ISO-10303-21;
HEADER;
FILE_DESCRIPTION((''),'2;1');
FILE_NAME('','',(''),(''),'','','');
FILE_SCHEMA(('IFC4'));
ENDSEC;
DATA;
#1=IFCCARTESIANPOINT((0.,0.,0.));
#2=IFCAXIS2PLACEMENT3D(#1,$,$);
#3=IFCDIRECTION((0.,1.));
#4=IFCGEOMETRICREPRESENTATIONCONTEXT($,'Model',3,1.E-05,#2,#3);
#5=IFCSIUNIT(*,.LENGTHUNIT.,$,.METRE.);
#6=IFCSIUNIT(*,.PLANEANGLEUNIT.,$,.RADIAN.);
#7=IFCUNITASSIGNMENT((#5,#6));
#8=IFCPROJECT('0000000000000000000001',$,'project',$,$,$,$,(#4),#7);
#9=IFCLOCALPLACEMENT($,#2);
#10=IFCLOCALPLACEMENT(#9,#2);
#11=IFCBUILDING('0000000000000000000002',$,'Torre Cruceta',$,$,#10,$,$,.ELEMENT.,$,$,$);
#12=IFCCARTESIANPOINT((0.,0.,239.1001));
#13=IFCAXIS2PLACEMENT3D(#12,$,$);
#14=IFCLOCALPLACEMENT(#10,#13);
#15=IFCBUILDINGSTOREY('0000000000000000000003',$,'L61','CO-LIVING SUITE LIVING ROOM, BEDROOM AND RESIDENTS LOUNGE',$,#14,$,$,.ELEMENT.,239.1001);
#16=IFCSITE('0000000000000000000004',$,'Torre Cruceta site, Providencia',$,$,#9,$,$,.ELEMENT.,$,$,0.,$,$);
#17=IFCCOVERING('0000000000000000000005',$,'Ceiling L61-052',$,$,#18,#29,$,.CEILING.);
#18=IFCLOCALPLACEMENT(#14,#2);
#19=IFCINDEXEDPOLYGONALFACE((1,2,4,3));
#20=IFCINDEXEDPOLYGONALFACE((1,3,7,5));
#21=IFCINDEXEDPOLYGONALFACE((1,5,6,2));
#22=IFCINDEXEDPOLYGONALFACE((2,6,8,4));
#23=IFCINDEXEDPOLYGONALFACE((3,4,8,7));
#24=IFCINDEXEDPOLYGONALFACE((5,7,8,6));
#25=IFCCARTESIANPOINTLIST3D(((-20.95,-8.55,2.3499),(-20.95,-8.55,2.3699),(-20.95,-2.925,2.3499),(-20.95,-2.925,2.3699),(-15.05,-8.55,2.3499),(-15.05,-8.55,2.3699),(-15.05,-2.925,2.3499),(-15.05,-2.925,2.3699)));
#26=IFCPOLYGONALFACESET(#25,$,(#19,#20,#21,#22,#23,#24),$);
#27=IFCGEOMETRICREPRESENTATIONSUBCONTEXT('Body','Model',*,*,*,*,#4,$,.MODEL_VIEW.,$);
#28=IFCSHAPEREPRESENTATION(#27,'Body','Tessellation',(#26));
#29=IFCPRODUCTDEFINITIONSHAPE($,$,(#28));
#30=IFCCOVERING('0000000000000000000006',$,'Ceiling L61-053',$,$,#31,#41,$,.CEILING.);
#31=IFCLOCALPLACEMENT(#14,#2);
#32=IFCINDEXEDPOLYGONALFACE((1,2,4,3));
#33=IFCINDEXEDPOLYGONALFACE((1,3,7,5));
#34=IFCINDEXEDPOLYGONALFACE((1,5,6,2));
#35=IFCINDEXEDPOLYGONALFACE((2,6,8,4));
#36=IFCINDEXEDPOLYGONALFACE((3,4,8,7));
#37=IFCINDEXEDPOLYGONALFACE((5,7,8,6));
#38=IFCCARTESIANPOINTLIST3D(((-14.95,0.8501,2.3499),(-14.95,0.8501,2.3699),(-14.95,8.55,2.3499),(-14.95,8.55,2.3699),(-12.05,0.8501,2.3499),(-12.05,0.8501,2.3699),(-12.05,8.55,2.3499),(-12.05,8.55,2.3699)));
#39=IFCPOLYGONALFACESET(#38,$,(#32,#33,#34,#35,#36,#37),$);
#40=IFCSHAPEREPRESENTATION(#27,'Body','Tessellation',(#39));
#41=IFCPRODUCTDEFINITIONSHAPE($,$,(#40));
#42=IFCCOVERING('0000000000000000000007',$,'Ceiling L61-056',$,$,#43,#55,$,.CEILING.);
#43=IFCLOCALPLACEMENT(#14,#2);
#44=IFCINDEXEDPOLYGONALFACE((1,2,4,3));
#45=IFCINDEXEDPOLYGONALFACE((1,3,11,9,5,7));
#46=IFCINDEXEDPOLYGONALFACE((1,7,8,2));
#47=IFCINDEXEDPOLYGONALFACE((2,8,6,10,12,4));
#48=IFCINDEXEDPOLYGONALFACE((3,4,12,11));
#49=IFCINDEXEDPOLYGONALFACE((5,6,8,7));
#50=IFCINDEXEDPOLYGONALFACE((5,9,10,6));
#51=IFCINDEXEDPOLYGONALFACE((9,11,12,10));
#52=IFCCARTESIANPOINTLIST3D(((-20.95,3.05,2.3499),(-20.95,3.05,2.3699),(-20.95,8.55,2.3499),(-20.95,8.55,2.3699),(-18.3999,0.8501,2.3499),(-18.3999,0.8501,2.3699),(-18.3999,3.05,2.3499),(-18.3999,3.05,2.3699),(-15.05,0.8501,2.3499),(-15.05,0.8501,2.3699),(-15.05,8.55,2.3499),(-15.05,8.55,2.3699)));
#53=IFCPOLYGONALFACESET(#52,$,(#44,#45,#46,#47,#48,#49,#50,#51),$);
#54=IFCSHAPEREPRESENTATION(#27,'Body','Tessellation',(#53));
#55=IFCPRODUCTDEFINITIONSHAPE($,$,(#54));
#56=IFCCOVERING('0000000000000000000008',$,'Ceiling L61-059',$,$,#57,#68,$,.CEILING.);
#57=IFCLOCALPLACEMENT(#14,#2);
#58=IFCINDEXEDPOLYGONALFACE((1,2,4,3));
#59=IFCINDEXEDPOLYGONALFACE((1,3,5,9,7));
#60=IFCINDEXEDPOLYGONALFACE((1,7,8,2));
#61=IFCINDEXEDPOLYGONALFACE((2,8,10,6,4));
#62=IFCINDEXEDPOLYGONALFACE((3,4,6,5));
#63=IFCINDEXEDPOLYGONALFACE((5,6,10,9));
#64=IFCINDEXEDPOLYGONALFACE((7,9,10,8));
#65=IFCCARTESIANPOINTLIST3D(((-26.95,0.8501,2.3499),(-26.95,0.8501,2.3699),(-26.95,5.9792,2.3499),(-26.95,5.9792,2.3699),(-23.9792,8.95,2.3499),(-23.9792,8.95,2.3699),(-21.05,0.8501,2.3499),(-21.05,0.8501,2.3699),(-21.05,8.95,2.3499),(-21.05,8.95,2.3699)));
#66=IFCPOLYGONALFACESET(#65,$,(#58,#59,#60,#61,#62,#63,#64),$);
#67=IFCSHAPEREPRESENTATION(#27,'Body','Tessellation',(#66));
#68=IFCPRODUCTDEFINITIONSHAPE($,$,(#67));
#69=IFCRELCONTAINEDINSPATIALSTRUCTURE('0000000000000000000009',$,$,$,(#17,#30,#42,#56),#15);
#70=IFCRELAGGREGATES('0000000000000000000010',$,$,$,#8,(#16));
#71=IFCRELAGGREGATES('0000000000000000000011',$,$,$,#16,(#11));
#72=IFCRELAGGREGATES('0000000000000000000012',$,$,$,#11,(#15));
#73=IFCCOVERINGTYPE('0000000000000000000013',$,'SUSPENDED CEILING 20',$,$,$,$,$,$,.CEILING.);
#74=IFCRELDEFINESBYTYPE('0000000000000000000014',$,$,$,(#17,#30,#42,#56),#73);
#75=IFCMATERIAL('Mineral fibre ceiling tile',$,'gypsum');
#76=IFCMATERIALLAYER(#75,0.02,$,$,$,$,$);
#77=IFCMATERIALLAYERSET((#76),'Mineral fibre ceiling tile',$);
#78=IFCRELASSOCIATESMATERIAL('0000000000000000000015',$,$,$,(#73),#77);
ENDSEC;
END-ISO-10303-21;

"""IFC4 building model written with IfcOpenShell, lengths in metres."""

from ifc_helpers import new_model, si_unit, direction, frame, origin, place, context, subcontext, project, spatial, polyline, outline, extrude, material, layer, layer_set, type_object, element, save


model = new_model("IFC4")

# Units and contexts
model_context = context("Model", 3, precision=1e-05, world=origin(), true_north=direction((0.0, 1.0)))
body_context = subcontext(model_context, "Body", "Model", "MODEL_VIEW")
ifc_project = project(units=[si_unit("LENGTHUNIT", "METRE"), si_unit("PLANEANGLEUNIT", "RADIAN")], contexts=[model_context])

# Site, building, storey
site_placement = place(None, origin())
site = spatial("IfcSite", under=ifc_project, at=site_placement, Name="Torre Cruceta site, Providencia", CompositionType="ELEMENT", RefElevation=0.0)
building_placement = place(site_placement, origin())
building = spatial("IfcBuilding", under=site, at=building_placement, Name="Torre Cruceta", CompositionType="ELEMENT")
storey_placement = place(building_placement, frame((0.0, 0.0, 239.1001)))
storey = spatial("IfcBuildingStorey", under=building, at=storey_placement, Name="L61", Description="CO-LIVING SUITE LIVING ROOM, BEDROOM AND RESIDENTS LOUNGE", CompositionType="ELEMENT", Elevation=239.1001)

# Coverings
ifc_material_1 = material(Name="Mineral fibre ceiling tile", Category="gypsum")
ifc_layer_1 = layer(ifc_material_1, 0.02)
ifc_layer_set_1 = layer_set([ifc_layer_1], Name="Mineral fibre ceiling tile")
covering_type_1 = type_object("IfcCoveringType", Name="SUSPENDED CEILING 20", PredefinedType="CEILING", material=ifc_layer_set_1)
covering_1_placement = place(storey_placement, frame((0.0, 0.0, 2.3499)))
element("IfcCovering", 1, at=covering_1_placement, inside=storey, type_object=covering_type_1, Name="Ceiling L61-052", PredefinedType="CEILING", context=body_context, shape_type="SweptSolid", body=[
    extrude(outline(polyline([(-15.05, -2.925), (-15.05, -8.55), (-20.95, -8.55), (-20.95, -2.925), (-15.05, -2.925)])), origin(), (0.0, 0.0, 1.0), 0.02),
])
covering_2_placement = place(storey_placement, frame((0.0, 0.0, 2.3499)))
element("IfcCovering", 2, at=covering_2_placement, inside=storey, type_object=covering_type_1, Name="Ceiling L61-053", PredefinedType="CEILING", context=body_context, shape_type="SweptSolid", body=[
    extrude(outline(polyline([(-14.95, 8.55), (-12.05, 8.55), (-12.05, 0.8501), (-14.95, 0.8501), (-14.95, 8.55)])), origin(), (0.0, 0.0, 1.0), 0.02),
])
covering_3_placement = place(storey_placement, frame((0.0, 0.0, 2.3499)))
element("IfcCovering", 3, at=covering_3_placement, inside=storey, type_object=covering_type_1, Name="Ceiling L61-056", PredefinedType="CEILING", context=body_context, shape_type="SweptSolid", body=[
    extrude(outline(polyline([(-20.95, 8.55), (-15.05, 8.55), (-15.05, 0.8501), (-18.3999, 0.8501), (-18.3999, 3.05), (-20.95, 3.05), (-20.95, 8.55)])), origin(), (0.0, 0.0, 1.0), 0.02),
])
covering_4_placement = place(storey_placement, frame((0.0, 0.0, 2.3499)))
element("IfcCovering", 4, at=covering_4_placement, inside=storey, type_object=covering_type_1, Name="Ceiling L61-059", PredefinedType="CEILING", context=body_context, shape_type="SweptSolid", body=[
    extrude(outline(polyline([(-23.9792, 8.95), (-21.05, 8.95), (-21.05, 0.8501), (-26.95, 0.8501), (-26.95, 5.9792), (-23.9792, 8.95)])), origin(), (0.0, 0.0, 1.0), 0.02),
])

save(model, "model.ifc")
